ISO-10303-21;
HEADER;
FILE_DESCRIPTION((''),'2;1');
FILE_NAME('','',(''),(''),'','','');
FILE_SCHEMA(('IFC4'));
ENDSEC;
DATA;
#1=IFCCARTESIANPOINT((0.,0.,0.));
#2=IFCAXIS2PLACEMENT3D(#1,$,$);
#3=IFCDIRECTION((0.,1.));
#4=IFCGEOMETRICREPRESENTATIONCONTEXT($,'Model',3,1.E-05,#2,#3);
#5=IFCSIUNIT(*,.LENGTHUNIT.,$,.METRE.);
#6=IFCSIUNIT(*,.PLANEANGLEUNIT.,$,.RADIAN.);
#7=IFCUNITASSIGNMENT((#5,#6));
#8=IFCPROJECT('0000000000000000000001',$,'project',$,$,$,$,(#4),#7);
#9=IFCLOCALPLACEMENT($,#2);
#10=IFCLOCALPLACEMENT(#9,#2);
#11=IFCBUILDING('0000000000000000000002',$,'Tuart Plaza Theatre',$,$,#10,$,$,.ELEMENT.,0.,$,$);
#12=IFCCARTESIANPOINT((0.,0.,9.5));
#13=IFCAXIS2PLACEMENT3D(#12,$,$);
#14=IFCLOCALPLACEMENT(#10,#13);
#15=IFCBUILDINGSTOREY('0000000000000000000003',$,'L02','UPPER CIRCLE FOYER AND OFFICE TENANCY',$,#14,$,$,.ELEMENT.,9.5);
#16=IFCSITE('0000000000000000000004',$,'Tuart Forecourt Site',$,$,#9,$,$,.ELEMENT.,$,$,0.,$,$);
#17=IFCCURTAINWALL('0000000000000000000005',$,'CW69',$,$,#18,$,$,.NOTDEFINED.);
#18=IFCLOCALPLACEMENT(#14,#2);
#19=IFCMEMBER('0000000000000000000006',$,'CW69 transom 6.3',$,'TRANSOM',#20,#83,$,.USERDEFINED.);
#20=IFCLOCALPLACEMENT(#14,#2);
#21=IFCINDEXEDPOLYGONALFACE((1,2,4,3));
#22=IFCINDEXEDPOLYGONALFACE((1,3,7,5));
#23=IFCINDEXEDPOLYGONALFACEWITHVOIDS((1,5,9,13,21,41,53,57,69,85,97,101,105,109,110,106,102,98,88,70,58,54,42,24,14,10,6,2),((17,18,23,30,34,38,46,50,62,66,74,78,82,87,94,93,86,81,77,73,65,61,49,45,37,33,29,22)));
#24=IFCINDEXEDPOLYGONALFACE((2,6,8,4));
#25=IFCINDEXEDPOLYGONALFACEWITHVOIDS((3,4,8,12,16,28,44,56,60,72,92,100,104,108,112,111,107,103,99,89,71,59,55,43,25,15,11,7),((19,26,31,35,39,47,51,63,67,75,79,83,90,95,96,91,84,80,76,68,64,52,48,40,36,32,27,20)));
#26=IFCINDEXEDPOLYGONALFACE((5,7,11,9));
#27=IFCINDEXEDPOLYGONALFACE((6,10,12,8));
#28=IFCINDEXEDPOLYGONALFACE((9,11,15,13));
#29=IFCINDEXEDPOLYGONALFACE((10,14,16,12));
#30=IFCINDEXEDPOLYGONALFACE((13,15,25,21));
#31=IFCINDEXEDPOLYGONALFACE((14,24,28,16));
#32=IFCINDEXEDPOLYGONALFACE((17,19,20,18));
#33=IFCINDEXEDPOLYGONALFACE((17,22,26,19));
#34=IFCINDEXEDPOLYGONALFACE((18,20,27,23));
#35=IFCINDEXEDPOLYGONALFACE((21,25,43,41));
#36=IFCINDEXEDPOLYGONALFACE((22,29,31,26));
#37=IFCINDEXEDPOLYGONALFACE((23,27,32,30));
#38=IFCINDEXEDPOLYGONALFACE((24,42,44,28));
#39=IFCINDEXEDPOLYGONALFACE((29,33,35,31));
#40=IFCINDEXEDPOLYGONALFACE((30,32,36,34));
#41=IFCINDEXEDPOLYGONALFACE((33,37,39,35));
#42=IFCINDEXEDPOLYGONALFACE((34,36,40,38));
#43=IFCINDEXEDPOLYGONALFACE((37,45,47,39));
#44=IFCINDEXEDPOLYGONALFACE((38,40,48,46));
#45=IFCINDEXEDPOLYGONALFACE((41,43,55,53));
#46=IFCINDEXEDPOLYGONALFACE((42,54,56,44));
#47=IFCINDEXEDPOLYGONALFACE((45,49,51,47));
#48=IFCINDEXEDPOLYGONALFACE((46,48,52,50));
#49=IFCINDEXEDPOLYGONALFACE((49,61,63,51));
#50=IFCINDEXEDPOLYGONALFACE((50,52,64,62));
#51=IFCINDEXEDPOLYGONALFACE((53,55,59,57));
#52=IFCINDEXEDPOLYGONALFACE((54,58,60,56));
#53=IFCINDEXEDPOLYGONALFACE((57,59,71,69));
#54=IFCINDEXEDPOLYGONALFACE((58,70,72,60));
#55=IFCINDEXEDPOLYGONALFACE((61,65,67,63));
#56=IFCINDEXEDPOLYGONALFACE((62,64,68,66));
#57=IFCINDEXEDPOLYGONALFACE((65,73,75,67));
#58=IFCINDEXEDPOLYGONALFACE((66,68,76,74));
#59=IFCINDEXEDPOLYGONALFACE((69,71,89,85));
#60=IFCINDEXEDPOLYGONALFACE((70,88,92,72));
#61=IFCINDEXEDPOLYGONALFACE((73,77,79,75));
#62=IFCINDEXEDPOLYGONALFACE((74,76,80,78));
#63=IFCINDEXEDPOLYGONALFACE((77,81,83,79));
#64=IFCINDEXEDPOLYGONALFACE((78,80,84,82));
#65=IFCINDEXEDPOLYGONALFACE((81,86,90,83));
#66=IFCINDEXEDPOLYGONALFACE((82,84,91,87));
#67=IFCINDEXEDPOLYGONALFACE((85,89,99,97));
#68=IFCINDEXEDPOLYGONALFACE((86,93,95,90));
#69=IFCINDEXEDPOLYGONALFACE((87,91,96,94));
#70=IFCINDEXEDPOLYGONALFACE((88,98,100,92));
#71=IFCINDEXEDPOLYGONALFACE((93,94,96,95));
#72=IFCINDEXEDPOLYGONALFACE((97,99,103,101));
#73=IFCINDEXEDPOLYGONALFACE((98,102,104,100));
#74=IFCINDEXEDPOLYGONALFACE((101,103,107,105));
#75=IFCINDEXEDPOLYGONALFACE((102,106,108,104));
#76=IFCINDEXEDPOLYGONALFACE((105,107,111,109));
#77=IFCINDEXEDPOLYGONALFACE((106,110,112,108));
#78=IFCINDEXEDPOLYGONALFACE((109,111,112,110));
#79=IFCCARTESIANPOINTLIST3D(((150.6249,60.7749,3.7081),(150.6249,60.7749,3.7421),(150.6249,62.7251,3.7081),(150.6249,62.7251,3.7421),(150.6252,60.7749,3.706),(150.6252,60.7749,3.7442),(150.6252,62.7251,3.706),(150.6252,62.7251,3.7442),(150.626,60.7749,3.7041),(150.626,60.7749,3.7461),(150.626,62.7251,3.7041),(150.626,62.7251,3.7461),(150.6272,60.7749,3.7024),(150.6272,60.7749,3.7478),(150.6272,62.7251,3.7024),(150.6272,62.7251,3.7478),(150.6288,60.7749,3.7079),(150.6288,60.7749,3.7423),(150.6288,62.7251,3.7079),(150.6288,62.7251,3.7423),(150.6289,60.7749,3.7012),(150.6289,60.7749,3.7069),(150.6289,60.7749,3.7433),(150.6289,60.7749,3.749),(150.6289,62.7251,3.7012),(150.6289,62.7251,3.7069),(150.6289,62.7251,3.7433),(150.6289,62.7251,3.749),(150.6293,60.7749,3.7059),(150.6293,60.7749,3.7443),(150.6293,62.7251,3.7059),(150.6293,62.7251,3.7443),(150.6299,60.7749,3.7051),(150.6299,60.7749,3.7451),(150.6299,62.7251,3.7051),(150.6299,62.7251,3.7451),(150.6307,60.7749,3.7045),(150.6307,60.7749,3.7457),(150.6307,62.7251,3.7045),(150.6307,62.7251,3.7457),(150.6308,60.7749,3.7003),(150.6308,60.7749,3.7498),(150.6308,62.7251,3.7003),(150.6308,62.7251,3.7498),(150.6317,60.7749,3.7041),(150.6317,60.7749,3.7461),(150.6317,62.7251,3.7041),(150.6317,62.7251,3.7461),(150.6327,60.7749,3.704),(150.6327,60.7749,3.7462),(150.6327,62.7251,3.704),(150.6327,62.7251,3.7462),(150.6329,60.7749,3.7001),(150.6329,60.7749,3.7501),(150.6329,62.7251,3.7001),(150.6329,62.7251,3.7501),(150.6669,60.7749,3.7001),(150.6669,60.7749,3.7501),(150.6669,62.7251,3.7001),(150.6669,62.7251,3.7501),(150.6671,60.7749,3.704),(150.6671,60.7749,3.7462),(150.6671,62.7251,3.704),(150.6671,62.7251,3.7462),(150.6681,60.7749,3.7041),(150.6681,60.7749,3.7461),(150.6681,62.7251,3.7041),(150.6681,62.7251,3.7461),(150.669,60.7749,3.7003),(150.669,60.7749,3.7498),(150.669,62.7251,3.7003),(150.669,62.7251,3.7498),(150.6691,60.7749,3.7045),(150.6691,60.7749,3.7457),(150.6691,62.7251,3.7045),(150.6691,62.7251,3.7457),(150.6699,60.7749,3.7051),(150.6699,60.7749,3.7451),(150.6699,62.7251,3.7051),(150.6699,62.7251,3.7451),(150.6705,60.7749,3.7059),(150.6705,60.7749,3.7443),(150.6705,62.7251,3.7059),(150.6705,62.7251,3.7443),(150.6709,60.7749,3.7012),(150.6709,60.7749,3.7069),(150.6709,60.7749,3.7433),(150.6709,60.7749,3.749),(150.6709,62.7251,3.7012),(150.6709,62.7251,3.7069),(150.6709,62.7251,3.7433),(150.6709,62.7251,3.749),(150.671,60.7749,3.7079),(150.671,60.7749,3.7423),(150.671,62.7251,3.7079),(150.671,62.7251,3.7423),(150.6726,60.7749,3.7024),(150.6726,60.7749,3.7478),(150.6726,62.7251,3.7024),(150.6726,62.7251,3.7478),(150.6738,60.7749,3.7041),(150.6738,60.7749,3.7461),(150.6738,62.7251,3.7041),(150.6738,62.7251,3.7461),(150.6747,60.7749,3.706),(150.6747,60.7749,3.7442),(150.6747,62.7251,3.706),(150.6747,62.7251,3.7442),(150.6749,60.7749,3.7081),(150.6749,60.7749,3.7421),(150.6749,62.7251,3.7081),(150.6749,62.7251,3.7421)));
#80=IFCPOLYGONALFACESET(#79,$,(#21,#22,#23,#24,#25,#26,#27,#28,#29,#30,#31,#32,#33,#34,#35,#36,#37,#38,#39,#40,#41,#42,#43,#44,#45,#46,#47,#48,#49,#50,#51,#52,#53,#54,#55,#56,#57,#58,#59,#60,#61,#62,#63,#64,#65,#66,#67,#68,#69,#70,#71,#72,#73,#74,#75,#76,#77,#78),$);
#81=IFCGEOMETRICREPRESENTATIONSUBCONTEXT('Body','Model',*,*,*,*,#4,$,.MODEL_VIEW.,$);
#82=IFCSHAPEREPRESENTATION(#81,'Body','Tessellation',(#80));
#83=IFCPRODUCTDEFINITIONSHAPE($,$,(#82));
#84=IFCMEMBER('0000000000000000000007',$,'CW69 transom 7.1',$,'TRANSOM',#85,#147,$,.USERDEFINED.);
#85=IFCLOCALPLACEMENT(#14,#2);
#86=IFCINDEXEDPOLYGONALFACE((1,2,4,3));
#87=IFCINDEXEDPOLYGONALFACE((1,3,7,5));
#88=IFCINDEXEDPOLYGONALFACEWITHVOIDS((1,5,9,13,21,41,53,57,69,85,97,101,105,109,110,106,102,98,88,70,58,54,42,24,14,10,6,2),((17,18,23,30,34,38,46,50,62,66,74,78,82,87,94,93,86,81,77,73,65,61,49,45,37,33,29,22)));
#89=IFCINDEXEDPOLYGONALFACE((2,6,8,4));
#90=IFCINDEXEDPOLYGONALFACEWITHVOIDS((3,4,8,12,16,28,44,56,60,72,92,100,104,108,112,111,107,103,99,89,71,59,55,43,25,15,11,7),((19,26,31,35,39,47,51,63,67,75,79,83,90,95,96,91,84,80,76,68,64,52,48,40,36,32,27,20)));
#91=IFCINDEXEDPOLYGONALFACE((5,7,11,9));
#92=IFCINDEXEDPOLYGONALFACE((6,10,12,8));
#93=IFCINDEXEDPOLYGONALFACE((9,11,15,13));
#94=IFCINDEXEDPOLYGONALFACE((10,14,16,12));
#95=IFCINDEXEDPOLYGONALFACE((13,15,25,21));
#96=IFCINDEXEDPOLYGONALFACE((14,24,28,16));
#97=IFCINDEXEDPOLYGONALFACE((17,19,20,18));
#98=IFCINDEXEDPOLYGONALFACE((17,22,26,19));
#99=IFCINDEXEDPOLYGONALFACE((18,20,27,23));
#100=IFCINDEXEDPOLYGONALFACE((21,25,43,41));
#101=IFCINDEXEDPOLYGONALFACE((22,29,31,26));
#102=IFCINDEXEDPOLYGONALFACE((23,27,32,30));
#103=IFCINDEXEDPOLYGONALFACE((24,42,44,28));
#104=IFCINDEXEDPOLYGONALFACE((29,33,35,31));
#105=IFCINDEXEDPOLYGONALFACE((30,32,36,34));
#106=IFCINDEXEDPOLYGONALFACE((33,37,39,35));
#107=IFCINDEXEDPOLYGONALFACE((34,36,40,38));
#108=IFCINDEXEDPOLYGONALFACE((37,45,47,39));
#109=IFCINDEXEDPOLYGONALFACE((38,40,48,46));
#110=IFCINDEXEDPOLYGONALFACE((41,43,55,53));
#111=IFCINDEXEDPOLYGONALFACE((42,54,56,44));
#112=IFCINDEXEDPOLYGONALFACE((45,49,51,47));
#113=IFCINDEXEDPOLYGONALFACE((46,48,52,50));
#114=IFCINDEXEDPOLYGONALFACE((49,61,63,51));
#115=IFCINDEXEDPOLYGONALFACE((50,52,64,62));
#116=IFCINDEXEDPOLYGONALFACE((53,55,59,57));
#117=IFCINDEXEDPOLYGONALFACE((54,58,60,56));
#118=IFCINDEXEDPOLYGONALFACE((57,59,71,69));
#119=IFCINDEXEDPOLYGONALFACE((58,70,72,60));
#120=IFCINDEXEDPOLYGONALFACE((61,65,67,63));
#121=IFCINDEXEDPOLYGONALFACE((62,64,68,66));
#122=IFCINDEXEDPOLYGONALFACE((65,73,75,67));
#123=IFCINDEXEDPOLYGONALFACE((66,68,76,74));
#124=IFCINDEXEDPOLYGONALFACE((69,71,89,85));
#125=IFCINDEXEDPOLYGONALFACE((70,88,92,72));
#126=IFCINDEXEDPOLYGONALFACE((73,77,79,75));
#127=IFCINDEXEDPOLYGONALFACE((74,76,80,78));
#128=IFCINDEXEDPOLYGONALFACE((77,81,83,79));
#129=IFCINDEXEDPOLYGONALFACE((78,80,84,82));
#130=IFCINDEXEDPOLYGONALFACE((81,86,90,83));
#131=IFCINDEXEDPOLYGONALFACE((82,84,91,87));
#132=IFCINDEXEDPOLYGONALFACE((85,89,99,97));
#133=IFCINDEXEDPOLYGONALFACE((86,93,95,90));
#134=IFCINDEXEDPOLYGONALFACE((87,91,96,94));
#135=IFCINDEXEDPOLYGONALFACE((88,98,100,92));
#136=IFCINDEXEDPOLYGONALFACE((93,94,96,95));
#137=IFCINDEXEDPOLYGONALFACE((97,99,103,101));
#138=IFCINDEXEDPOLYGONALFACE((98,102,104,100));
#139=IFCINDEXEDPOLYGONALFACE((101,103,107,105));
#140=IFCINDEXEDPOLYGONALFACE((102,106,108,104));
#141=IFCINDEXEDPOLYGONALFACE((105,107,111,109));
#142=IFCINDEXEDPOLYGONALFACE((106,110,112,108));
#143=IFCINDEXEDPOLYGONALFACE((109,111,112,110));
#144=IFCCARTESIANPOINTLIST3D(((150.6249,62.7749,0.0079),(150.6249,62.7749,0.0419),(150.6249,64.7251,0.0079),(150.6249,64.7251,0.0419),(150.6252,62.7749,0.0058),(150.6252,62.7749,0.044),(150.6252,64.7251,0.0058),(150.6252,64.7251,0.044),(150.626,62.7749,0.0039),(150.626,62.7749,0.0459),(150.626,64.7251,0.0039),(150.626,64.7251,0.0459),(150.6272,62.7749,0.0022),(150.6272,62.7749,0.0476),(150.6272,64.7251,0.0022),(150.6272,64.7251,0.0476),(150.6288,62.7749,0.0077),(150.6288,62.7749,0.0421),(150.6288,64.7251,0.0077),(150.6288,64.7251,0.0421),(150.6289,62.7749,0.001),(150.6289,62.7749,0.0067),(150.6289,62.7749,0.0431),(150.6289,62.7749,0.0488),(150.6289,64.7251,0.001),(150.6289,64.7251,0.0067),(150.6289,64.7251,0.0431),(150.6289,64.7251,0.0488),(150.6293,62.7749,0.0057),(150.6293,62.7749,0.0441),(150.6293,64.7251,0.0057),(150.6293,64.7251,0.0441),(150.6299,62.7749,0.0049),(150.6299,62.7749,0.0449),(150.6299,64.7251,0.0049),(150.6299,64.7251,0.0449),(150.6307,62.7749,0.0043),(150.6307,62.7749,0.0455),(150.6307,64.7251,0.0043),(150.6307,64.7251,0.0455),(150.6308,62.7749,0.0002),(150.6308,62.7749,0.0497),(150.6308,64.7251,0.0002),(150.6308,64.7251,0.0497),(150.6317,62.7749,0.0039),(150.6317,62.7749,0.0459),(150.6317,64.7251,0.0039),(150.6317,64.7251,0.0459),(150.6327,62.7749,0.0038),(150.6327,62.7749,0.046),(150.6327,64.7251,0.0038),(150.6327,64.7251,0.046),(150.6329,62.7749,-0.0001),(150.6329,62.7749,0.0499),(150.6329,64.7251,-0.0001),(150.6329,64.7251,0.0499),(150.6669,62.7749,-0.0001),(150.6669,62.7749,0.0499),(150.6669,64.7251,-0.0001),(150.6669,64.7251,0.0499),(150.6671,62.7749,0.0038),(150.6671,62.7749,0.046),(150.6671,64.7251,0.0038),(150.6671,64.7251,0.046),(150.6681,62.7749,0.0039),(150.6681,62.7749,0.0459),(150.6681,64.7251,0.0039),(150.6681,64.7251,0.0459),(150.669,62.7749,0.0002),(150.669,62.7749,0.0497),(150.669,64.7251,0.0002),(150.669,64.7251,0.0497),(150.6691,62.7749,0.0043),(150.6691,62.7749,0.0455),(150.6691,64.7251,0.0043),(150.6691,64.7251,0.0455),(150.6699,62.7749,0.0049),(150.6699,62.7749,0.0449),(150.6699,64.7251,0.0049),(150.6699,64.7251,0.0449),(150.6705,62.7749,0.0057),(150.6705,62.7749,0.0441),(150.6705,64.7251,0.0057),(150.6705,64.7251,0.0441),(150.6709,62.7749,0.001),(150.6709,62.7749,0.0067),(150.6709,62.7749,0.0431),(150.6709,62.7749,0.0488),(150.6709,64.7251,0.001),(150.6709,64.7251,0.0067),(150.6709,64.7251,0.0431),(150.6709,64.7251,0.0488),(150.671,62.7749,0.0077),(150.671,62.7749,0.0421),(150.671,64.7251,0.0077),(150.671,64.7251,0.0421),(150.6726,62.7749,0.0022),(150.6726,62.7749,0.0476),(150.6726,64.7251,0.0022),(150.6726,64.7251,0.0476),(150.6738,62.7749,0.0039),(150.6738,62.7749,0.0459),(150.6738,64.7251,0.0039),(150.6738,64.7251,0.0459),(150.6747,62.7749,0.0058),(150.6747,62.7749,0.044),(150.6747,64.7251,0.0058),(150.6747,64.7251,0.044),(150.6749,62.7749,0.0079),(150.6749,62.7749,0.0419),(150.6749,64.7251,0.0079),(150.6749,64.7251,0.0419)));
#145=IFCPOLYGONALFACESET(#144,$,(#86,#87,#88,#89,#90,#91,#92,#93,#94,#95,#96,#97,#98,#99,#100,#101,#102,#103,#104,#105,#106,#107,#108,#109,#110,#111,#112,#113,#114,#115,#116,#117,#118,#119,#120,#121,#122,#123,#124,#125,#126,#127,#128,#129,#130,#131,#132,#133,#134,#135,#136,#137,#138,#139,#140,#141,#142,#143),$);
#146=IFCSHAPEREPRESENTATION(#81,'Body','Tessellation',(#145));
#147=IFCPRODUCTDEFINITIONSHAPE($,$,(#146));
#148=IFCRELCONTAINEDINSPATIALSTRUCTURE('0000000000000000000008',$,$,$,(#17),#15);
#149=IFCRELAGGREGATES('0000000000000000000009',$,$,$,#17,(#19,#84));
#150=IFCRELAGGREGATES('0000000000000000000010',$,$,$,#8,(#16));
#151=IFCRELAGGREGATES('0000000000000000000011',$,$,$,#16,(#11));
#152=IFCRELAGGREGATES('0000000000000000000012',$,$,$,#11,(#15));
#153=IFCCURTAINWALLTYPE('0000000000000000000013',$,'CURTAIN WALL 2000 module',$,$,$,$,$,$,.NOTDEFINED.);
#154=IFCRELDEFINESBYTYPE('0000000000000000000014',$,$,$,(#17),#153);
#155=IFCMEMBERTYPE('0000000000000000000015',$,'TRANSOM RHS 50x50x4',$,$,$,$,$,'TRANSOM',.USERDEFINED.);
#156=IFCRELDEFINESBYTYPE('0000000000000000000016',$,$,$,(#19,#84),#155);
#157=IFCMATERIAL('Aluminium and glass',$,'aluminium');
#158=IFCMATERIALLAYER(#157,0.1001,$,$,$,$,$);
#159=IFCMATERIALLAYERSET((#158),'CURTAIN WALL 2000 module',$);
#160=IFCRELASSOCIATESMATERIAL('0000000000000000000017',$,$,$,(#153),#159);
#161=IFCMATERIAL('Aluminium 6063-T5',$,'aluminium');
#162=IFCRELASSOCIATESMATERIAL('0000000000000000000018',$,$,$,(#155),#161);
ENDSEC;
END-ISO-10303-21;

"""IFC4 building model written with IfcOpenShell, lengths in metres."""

from ifc_helpers import new_model, si_unit, direction, frame, origin, origin_2d, place, context, subcontext, project, spatial, hollow_rectangle, extrude, material, layer, layer_set, material_profile, profile_set, type_object, element, aggregate, save


model = new_model("IFC4")

# Units and contexts
model_context = context("Model", 3, precision=1e-05, world=origin(), true_north=direction((0.0, 1.0)))
body_context = subcontext(model_context, "Body", "Model", "MODEL_VIEW")
ifc_project = project(units=[si_unit("LENGTHUNIT", "METRE"), si_unit("PLANEANGLEUNIT", "RADIAN")], contexts=[model_context])

# Site, building, storey
site_placement = place(None, origin())
site = spatial("IfcSite", under=ifc_project, at=site_placement, Name="Tuart Forecourt Site", CompositionType="ELEMENT", RefElevation=0.0)
building_placement = place(site_placement, origin())
building = spatial("IfcBuilding", under=site, at=building_placement, Name="Tuart Plaza Theatre", CompositionType="ELEMENT", ElevationOfRefHeight=0.0)
storey_placement = place(building_placement, frame((0.0, 0.0, 9.5)))
storey = spatial("IfcBuildingStorey", under=building, at=storey_placement, Name="L02", Description="UPPER CIRCLE FOYER AND OFFICE TENANCY", CompositionType="ELEMENT", Elevation=9.5)

# Curtain wall, members
ifc_material_1 = material(Name="Aluminium and glass", Category="aluminium")
ifc_layer_1 = layer(ifc_material_1, 0.1001)
ifc_layer_set_1 = layer_set([ifc_layer_1], Name="CURTAIN WALL 2000 module")
curtain_wall_type = type_object("IfcCurtainWallType", Name="CURTAIN WALL 2000 module", PredefinedType="NOTDEFINED", material=ifc_layer_set_1)
curtain_wall_placement = place(storey_placement, origin())
curtain_wall = element("IfcCurtainWall", 1, at=curtain_wall_placement, inside=storey, type_object=curtain_wall_type, Name="CW69", PredefinedType="NOTDEFINED")
ifc_material_2 = material(Name="Aluminium 6063-T5", Category="aluminium")
ifc_material_profile_1 = material_profile(ifc_material_2, hollow_rectangle(XDim=0.05, YDim=0.05, WallThickness=0.0039, InnerFilletRadius=0.0039, OuterFilletRadius=0.0081, at=origin_2d()), Name="RHS 50x50x4")
ifc_profile_set_1 = profile_set([ifc_material_profile_1], Name="Aluminium 6063-T5")
member_type_1 = type_object("IfcMemberType", Name="TRANSOM RHS 50x50x4", ElementType="TRANSOM", PredefinedType="USERDEFINED", material=ifc_profile_set_1)
member_1_placement = place(storey_placement, frame((150.6499, 60.7749, 3.7251), z_axis=(0.0, 1.0, 0.0), x_axis=(-1.0, 0.0, 0.0)))
member_1 = element("IfcMember", 2, at=member_1_placement, type_object=member_type_1, Name="CW69 transom 6.3", ObjectType="TRANSOM", PredefinedType="USERDEFINED", context=body_context, shape_type="SweptSolid", body=[
    extrude(hollow_rectangle(XDim=0.05, YDim=0.05, WallThickness=0.0039, InnerFilletRadius=0.0039, OuterFilletRadius=0.0081, at=origin_2d()), origin(), (0.0, 0.0, 1.0), 1.9502),
])
member_2_placement = place(storey_placement, frame((150.6499, 62.7749, 0.0249), z_axis=(0.0, 1.0, 0.0), x_axis=(-1.0, 0.0, 0.0)))
member_2 = element("IfcMember", 3, at=member_2_placement, type_object=member_type_1, Name="CW69 transom 7.1", ObjectType="TRANSOM", PredefinedType="USERDEFINED", context=body_context, shape_type="SweptSolid", body=[
    extrude(hollow_rectangle(XDim=0.05, YDim=0.05, WallThickness=0.0039, InnerFilletRadius=0.0039, OuterFilletRadius=0.0081, at=origin_2d()), origin(), (0.0, 0.0, 1.0), 1.9502),
])
aggregate(curtain_wall, [member_1, member_2])

save(model, "model.ifc")
